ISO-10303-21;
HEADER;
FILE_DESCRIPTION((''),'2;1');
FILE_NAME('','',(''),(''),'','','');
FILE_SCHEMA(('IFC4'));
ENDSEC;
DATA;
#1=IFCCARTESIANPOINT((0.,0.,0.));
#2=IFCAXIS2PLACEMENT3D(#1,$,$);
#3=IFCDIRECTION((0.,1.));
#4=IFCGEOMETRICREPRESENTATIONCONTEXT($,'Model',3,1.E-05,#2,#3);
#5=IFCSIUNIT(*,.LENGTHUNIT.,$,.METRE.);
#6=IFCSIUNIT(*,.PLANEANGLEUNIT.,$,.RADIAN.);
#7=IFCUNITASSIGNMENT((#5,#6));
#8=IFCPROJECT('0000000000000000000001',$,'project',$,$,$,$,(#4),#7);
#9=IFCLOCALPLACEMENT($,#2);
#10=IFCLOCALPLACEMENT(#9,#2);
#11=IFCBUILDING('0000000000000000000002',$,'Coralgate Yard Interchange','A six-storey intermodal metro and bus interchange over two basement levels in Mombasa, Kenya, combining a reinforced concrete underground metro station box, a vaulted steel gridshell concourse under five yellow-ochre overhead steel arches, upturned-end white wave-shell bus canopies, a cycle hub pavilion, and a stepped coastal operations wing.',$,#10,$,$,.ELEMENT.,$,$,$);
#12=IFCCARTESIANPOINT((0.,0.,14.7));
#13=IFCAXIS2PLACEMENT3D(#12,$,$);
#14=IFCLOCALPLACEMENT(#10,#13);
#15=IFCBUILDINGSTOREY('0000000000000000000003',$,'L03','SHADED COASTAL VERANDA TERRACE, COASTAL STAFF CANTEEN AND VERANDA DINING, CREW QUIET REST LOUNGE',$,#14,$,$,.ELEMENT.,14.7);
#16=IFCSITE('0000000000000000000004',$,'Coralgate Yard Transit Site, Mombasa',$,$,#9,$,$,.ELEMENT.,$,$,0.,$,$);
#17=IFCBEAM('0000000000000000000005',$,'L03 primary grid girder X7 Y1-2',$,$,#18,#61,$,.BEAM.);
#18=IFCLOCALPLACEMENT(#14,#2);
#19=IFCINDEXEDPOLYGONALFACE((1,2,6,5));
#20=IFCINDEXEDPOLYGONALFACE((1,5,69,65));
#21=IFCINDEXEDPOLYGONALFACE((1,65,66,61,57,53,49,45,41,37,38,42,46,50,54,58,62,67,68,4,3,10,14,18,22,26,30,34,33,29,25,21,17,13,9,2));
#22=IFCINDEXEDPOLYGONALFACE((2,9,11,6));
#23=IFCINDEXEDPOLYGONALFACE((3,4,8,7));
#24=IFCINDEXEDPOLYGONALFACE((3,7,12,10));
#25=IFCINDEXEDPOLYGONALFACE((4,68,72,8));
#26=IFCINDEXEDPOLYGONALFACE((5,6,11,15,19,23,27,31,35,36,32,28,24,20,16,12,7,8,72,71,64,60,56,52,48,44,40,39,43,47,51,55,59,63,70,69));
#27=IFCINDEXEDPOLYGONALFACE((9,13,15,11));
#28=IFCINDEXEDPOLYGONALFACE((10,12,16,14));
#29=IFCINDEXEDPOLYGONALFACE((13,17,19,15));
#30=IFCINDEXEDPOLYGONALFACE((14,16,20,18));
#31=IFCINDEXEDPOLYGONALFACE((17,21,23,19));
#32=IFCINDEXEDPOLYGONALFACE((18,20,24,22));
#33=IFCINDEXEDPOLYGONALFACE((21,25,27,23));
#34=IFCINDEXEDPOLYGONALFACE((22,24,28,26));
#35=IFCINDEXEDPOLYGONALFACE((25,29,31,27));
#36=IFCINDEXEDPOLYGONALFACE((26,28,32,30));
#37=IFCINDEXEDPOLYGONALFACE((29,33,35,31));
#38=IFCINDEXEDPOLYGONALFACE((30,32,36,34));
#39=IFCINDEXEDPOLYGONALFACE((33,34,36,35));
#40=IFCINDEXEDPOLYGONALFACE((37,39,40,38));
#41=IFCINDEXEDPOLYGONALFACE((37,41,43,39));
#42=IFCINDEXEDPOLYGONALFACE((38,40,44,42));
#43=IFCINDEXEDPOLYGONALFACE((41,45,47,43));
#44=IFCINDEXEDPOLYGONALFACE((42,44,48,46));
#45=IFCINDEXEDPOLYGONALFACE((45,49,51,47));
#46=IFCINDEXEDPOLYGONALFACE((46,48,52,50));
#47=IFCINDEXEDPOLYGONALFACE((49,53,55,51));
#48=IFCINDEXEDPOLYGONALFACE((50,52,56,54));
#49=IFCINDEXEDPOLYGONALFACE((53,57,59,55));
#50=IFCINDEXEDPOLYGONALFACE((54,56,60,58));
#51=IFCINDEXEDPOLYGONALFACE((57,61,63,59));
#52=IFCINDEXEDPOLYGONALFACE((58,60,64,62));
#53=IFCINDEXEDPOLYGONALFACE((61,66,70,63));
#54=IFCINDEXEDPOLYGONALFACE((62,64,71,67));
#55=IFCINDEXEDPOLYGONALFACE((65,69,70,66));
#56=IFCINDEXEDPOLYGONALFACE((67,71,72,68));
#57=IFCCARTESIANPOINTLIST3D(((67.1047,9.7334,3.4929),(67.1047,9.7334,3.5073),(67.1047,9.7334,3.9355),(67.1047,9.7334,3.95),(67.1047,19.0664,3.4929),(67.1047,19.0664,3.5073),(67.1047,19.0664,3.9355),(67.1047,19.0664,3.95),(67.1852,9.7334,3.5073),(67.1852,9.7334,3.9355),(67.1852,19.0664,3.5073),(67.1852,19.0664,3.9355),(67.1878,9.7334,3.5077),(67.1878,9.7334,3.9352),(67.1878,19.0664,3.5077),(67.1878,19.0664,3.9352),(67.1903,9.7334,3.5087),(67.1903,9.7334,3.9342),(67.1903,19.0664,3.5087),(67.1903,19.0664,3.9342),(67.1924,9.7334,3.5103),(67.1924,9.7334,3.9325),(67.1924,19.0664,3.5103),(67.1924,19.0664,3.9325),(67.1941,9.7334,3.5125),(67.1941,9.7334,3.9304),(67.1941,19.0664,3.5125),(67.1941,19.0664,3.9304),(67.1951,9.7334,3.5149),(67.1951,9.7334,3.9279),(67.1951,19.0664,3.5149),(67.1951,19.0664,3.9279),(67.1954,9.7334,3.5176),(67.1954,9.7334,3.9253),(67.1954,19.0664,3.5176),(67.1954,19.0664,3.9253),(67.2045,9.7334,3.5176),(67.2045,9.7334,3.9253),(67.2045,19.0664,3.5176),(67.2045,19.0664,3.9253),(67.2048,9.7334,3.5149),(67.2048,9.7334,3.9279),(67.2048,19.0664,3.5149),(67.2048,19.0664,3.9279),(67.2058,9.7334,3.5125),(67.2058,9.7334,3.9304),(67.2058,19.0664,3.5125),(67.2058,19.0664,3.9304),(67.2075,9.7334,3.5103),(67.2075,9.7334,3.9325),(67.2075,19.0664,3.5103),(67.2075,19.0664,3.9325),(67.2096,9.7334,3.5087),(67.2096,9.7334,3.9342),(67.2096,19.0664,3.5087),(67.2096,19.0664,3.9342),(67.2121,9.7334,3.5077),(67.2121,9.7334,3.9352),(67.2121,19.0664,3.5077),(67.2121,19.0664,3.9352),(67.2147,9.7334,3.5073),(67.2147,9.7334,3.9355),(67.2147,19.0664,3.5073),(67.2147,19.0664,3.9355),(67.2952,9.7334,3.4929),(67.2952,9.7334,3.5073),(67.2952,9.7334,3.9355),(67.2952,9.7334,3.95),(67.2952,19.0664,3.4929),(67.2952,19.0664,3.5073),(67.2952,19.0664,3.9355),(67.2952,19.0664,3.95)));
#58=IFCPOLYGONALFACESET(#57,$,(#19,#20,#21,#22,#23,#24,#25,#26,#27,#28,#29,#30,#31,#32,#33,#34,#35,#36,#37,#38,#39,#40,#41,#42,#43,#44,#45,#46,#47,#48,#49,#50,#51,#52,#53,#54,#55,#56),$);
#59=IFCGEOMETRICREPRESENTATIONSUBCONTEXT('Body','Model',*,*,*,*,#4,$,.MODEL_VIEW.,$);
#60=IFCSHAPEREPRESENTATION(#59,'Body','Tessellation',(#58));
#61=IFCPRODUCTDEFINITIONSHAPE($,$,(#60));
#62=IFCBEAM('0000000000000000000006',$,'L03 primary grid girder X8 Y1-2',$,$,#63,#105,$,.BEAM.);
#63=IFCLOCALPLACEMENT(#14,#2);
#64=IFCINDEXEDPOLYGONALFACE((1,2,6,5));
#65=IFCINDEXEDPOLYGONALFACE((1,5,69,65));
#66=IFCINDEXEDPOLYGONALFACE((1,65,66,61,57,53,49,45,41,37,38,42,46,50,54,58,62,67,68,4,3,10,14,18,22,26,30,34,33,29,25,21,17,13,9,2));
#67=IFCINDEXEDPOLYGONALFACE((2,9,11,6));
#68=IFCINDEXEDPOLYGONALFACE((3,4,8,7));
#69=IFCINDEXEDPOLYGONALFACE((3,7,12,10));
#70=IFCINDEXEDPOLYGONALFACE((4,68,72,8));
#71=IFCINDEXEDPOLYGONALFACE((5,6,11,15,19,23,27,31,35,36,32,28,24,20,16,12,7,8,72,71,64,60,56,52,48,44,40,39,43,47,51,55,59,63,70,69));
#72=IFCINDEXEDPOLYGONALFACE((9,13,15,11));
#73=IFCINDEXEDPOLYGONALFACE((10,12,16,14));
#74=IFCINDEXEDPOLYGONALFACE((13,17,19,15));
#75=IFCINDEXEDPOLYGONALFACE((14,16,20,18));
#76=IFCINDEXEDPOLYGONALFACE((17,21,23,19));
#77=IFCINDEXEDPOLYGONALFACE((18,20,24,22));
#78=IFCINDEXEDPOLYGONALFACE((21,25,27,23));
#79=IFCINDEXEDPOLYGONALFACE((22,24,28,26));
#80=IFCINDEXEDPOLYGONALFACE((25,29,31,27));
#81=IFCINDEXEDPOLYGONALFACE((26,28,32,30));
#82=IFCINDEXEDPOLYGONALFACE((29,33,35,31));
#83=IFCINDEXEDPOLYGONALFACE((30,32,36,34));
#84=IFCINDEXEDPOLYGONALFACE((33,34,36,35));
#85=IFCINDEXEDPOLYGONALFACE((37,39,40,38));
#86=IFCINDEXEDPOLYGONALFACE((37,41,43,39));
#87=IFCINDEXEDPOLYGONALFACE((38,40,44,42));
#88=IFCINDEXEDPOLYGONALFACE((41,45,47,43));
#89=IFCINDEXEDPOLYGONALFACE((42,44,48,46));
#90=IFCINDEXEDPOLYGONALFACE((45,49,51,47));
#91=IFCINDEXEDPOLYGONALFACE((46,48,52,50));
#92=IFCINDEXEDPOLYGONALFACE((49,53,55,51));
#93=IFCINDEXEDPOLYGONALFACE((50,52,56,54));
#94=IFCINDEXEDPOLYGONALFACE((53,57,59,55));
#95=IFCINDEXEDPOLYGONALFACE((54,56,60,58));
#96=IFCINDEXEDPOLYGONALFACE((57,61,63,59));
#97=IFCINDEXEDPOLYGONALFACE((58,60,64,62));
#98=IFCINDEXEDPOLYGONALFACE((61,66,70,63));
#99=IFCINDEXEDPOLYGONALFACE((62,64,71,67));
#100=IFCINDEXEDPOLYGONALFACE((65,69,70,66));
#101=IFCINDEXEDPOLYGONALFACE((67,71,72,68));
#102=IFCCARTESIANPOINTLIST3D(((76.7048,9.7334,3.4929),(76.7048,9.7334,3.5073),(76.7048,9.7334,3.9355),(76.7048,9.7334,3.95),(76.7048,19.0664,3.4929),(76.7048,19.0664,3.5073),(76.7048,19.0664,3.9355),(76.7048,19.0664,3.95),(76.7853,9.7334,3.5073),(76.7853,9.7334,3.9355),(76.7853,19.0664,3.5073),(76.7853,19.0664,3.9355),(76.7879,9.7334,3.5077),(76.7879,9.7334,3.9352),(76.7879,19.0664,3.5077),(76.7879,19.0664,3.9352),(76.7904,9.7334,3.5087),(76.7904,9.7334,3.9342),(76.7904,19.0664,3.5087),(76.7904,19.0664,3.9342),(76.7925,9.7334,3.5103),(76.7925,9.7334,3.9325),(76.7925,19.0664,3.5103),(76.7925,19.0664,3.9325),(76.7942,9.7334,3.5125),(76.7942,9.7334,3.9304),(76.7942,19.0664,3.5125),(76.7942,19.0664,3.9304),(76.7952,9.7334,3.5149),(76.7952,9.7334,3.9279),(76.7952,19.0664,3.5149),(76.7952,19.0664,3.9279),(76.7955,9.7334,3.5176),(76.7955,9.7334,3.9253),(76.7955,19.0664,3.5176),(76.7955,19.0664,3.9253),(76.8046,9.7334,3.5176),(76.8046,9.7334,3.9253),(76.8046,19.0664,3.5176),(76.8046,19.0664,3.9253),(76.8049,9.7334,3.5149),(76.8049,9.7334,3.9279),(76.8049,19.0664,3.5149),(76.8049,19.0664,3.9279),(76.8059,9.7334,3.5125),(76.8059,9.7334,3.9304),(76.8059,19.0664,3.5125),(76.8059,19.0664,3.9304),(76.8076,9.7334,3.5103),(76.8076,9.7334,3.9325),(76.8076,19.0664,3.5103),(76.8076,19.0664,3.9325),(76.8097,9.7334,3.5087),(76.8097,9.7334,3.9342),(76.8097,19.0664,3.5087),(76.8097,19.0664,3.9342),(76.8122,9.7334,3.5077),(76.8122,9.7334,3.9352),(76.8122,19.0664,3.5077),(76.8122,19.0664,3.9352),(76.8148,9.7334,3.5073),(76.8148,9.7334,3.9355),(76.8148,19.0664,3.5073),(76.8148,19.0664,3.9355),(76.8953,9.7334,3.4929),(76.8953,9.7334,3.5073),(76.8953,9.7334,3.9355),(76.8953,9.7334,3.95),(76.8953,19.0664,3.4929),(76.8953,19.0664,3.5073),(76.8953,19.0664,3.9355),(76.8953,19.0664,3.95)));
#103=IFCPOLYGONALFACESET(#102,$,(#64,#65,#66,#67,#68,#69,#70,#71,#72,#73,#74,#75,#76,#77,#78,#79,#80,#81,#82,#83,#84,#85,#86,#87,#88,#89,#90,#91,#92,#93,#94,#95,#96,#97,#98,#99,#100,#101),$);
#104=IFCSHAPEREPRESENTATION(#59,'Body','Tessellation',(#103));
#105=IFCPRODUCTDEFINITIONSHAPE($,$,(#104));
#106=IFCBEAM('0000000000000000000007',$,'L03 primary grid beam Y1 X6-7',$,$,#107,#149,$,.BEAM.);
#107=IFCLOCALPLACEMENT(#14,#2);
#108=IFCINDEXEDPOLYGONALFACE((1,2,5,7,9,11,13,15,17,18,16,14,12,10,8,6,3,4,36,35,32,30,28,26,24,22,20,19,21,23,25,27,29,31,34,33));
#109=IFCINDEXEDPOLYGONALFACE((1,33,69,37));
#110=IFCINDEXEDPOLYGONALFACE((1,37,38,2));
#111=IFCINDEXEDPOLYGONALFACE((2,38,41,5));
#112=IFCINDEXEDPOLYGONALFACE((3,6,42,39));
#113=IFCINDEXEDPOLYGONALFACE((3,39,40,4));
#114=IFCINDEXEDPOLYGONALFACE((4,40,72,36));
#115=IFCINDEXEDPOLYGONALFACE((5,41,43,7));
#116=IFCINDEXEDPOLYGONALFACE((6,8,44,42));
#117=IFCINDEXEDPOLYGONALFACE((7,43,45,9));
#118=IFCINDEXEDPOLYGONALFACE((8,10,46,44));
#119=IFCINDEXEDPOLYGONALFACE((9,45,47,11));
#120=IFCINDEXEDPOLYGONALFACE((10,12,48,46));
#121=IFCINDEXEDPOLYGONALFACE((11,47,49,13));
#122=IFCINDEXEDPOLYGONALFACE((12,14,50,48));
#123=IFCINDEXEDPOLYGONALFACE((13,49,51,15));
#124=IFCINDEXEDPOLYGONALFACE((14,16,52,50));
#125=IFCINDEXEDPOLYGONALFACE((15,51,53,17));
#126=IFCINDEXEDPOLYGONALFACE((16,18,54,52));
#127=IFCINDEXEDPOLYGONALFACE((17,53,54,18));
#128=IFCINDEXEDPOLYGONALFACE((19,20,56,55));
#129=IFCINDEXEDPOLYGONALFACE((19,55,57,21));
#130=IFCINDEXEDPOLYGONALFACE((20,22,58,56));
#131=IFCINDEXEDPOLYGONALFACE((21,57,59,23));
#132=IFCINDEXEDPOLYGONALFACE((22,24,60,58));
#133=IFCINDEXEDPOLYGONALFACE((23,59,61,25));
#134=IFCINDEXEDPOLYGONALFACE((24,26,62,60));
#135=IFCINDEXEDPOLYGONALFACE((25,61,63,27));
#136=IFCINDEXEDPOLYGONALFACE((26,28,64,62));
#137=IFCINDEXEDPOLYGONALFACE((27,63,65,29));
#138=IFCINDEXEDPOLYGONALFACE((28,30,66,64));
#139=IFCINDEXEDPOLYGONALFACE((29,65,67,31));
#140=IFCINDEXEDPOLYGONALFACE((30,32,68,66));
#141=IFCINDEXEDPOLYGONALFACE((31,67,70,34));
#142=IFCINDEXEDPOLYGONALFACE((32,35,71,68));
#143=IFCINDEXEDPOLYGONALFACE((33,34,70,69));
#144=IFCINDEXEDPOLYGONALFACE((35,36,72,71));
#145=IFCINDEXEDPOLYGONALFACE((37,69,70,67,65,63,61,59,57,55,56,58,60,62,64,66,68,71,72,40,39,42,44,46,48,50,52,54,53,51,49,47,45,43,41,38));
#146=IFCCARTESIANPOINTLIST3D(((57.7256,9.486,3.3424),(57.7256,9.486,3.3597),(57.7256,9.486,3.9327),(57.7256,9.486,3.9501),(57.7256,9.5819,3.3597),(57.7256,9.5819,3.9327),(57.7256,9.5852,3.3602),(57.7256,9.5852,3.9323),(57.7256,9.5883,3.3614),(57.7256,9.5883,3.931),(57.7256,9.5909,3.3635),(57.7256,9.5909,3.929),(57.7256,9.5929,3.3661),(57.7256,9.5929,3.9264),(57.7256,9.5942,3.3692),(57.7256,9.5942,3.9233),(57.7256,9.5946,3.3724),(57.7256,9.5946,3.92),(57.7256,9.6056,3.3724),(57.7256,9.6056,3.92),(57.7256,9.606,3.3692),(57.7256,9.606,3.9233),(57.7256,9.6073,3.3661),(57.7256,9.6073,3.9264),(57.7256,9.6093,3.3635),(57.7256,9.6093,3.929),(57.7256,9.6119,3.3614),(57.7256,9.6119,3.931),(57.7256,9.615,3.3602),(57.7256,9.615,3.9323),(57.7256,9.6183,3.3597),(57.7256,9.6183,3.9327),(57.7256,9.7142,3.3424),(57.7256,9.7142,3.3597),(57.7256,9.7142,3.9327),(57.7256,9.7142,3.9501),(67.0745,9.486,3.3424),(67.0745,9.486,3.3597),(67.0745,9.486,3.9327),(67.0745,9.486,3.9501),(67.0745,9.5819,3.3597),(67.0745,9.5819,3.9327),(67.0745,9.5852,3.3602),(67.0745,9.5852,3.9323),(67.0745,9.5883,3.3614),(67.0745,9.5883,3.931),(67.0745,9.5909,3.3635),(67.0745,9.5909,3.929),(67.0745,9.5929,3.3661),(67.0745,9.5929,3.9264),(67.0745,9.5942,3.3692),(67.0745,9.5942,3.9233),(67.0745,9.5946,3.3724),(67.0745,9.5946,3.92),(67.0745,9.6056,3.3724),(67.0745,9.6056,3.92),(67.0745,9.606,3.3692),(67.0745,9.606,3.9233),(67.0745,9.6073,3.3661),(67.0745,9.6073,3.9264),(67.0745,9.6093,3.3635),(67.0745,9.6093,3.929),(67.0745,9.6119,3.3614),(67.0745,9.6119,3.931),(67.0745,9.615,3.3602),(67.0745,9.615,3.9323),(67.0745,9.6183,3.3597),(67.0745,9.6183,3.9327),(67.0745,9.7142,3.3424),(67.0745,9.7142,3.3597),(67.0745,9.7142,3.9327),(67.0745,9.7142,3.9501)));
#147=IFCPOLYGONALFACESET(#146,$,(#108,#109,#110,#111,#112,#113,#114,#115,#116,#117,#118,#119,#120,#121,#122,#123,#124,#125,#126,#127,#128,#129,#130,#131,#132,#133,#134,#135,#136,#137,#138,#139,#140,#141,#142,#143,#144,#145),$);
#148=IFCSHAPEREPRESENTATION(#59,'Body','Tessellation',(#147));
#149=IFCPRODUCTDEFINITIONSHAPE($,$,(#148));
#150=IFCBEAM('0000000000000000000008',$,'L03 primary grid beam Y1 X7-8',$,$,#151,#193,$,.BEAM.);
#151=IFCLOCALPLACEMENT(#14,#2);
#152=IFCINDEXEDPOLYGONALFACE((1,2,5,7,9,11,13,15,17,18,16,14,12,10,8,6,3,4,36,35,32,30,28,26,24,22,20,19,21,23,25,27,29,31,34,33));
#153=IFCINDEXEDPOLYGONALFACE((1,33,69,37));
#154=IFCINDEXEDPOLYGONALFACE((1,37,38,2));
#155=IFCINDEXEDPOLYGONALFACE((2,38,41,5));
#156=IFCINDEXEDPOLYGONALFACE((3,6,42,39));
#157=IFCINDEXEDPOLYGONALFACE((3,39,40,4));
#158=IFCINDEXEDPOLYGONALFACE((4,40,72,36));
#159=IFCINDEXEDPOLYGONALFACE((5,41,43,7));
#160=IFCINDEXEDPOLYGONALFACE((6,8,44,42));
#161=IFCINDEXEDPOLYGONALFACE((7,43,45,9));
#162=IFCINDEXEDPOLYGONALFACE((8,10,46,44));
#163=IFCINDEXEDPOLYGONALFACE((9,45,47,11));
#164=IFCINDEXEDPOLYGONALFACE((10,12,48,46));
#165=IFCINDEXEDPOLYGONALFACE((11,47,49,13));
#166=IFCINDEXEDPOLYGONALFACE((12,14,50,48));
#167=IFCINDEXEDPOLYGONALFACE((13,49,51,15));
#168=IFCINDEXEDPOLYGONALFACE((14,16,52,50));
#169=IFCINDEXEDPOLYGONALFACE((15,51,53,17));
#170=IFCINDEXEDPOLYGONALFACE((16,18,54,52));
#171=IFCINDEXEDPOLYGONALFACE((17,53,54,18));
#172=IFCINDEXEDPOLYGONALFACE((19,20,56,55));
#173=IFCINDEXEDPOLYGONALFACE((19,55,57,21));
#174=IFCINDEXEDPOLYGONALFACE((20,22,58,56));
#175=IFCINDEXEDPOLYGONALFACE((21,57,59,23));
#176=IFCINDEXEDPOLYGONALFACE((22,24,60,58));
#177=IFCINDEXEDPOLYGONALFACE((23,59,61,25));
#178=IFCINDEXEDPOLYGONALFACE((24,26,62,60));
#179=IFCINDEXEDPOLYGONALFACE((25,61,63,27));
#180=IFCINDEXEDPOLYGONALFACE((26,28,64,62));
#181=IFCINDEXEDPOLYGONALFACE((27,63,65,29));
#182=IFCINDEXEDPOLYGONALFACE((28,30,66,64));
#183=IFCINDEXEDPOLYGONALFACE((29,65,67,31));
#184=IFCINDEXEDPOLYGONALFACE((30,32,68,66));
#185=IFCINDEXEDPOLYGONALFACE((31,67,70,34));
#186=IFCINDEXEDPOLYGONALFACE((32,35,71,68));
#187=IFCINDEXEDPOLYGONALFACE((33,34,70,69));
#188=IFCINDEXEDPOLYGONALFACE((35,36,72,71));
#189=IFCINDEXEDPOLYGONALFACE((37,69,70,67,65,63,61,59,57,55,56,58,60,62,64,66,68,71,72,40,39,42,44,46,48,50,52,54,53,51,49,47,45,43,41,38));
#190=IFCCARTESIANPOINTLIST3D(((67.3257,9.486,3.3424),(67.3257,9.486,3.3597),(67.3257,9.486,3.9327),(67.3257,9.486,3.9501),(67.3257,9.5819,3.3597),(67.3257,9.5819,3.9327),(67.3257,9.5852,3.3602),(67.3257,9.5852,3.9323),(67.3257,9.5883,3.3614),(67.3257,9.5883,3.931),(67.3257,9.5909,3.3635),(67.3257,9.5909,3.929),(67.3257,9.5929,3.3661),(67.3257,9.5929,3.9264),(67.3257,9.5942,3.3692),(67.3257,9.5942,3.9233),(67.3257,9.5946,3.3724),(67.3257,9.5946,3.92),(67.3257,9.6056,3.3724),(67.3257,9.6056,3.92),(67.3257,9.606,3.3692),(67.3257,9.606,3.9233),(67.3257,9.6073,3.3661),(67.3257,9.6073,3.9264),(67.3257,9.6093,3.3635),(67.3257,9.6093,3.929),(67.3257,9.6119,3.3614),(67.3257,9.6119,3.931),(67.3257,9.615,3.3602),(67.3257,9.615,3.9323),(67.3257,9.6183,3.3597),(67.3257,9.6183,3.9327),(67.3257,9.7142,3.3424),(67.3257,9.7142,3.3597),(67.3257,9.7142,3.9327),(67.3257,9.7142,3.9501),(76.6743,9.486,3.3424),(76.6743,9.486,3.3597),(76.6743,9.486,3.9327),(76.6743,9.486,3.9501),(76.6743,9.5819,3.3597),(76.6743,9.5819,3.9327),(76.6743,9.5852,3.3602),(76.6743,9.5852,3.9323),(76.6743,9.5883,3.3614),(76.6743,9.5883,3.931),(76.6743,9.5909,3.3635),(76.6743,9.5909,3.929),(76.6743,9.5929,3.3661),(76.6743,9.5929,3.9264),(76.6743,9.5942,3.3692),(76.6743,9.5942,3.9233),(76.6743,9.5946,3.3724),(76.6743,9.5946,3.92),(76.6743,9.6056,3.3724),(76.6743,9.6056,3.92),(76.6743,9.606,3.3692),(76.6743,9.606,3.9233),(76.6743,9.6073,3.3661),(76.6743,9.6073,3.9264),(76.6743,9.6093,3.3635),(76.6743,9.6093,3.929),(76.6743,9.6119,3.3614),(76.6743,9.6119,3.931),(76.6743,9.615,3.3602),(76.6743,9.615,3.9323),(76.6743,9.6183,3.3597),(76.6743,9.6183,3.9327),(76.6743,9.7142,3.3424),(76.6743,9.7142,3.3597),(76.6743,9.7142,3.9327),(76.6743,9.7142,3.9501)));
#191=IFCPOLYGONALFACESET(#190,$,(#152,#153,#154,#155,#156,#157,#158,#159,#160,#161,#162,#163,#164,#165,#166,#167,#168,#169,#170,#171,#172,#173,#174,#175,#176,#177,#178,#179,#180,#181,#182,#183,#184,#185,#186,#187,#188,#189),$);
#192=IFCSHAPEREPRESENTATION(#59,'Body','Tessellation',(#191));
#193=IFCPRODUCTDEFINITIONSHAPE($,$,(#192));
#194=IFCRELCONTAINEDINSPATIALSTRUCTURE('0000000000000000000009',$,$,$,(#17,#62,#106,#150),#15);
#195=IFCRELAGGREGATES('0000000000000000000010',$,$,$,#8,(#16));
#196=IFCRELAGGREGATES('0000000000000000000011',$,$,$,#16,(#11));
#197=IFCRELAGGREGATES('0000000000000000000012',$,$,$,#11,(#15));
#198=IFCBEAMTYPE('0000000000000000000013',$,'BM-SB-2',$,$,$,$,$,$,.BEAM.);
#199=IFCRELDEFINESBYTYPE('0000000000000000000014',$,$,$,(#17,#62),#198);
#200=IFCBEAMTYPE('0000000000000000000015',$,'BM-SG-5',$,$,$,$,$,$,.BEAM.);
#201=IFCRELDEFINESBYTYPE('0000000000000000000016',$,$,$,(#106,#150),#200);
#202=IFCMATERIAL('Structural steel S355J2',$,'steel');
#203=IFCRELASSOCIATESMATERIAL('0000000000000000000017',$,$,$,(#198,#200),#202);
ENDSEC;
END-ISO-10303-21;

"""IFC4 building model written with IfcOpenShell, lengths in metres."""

from ifc_helpers import new_model, si_unit, direction, frame, origin, origin_2d, place, context, subcontext, project, spatial, i_section, extrude, material, material_profile, profile_set, type_object, element, save


model = new_model("IFC4")

# Units and contexts
model_context = context("Model", 3, precision=1e-05, world=origin(), true_north=direction((0.0, 1.0)))
body_context = subcontext(model_context, "Body", "Model", "MODEL_VIEW")
ifc_project = project(units=[si_unit("LENGTHUNIT", "METRE"), si_unit("PLANEANGLEUNIT", "RADIAN")], contexts=[model_context])

# Site, building, storey
site_placement = place(None, origin())
site = spatial("IfcSite", under=ifc_project, at=site_placement, Name="Coralgate Yard Transit Site, Mombasa", CompositionType="ELEMENT", RefElevation=0.0)
building_placement = place(site_placement, origin())
building = spatial("IfcBuilding", under=site, at=building_placement, Name="Coralgate Yard Interchange", Description="A six-storey intermodal metro and bus interchange over two basement levels in Mombasa, Kenya, combining a reinforced concrete underground metro station box, a vaulted steel gridshell concourse under five yellow-ochre overhead steel arches, upturned-end white wave-shell bus canopies, a cycle hub pavilion, and a stepped coastal operations wing.", CompositionType="ELEMENT")
storey_placement = place(building_placement, frame((0.0, 0.0, 14.7)))
storey = spatial("IfcBuildingStorey", under=building, at=storey_placement, Name="L03", Description="SHADED COASTAL VERANDA TERRACE, COASTAL STAFF CANTEEN AND VERANDA DINING, CREW QUIET REST LOUNGE", CompositionType="ELEMENT", Elevation=14.7)

# Shared definitions
ifc_material_1 = material(Name="Structural steel S355J2", Category="steel")

# Beams
ifc_material_profile_1 = material_profile(ifc_material_1, i_section(OverallWidth=0.1904, OverallDepth=0.457, WebThickness=0.009, FlangeThickness=0.0144, FilletRadius=0.0103, at=origin_2d()), Name="UB 457x191x74")
ifc_profile_set_1 = profile_set([ifc_material_profile_1], Name="Structural steel S355J2")
beam_type_1 = type_object("IfcBeamType", Name="BM-SB-2", PredefinedType="BEAM", material=ifc_profile_set_1)
for number, where, z_axis, x_axis, name in (
    (1, (67.2, 9.7334, 3.7214), (0.0, 1.0, 0.0), (-1.0, 0.0, 0.0), "L03 primary grid girder X7 Y1-2"),
    (2, (76.8, 9.7334, 3.7214), (0.0, 1.0, 0.0), (-1.0, 0.0, 0.0), "L03 primary grid girder X8 Y1-2"),
):
    element("IfcBeam", number, at=place(storey_placement, frame(where, z_axis=z_axis, x_axis=x_axis)), inside=storey, type_object=beam_type_1, Name=name, PredefinedType="BEAM", context=body_context, shape_type="SweptSolid", body=[
        extrude(i_section(OverallWidth=0.1904, OverallDepth=0.457, WebThickness=0.009, FlangeThickness=0.0144, FilletRadius=0.0103, at=origin_2d()), origin(), (0.0, 0.0, 1.0), 9.333),
    ])
ifc_material_profile_2 = material_profile(ifc_material_1, i_section(OverallWidth=0.2283, OverallDepth=0.6077, WebThickness=0.011, FlangeThickness=0.0173, FilletRadius=0.0127, at=origin_2d()), Name="UB 610x229x113")
ifc_profile_set_2 = profile_set([ifc_material_profile_2], Name="Structural steel S355J2")
beam_type_2 = type_object("IfcBeamType", Name="BM-SG-5", PredefinedType="BEAM", material=ifc_profile_set_2)
beam_1_placement = place(storey_placement, frame((57.7256, 9.6001, 3.6462), z_axis=(1.0, 0.0, 0.0), x_axis=(0.0, 1.0, 0.0)))
element("IfcBeam", 3, at=beam_1_placement, inside=storey, type_object=beam_type_2, Name="L03 primary grid beam Y1 X6-7", PredefinedType="BEAM", context=body_context, shape_type="SweptSolid", body=[
    extrude(i_section(OverallWidth=0.2283, OverallDepth=0.6077, WebThickness=0.011, FlangeThickness=0.0173, FilletRadius=0.0127, at=origin_2d()), origin(), (0.0, 0.0, 1.0), 9.3489),
])
beam_2_placement = place(storey_placement, frame((67.3257, 9.6001, 3.6462), z_axis=(1.0, 0.0, 0.0), x_axis=(0.0, 1.0, 0.0)))
element("IfcBeam", 4, at=beam_2_placement, inside=storey, type_object=beam_type_2, Name="L03 primary grid beam Y1 X7-8", PredefinedType="BEAM", context=body_context, shape_type="SweptSolid", body=[
    extrude(i_section(OverallWidth=0.2283, OverallDepth=0.6077, WebThickness=0.011, FlangeThickness=0.0173, FilletRadius=0.0127, at=origin_2d()), origin(), (0.0, 0.0, 1.0), 9.3486),
])

save(model, "model.ifc")
